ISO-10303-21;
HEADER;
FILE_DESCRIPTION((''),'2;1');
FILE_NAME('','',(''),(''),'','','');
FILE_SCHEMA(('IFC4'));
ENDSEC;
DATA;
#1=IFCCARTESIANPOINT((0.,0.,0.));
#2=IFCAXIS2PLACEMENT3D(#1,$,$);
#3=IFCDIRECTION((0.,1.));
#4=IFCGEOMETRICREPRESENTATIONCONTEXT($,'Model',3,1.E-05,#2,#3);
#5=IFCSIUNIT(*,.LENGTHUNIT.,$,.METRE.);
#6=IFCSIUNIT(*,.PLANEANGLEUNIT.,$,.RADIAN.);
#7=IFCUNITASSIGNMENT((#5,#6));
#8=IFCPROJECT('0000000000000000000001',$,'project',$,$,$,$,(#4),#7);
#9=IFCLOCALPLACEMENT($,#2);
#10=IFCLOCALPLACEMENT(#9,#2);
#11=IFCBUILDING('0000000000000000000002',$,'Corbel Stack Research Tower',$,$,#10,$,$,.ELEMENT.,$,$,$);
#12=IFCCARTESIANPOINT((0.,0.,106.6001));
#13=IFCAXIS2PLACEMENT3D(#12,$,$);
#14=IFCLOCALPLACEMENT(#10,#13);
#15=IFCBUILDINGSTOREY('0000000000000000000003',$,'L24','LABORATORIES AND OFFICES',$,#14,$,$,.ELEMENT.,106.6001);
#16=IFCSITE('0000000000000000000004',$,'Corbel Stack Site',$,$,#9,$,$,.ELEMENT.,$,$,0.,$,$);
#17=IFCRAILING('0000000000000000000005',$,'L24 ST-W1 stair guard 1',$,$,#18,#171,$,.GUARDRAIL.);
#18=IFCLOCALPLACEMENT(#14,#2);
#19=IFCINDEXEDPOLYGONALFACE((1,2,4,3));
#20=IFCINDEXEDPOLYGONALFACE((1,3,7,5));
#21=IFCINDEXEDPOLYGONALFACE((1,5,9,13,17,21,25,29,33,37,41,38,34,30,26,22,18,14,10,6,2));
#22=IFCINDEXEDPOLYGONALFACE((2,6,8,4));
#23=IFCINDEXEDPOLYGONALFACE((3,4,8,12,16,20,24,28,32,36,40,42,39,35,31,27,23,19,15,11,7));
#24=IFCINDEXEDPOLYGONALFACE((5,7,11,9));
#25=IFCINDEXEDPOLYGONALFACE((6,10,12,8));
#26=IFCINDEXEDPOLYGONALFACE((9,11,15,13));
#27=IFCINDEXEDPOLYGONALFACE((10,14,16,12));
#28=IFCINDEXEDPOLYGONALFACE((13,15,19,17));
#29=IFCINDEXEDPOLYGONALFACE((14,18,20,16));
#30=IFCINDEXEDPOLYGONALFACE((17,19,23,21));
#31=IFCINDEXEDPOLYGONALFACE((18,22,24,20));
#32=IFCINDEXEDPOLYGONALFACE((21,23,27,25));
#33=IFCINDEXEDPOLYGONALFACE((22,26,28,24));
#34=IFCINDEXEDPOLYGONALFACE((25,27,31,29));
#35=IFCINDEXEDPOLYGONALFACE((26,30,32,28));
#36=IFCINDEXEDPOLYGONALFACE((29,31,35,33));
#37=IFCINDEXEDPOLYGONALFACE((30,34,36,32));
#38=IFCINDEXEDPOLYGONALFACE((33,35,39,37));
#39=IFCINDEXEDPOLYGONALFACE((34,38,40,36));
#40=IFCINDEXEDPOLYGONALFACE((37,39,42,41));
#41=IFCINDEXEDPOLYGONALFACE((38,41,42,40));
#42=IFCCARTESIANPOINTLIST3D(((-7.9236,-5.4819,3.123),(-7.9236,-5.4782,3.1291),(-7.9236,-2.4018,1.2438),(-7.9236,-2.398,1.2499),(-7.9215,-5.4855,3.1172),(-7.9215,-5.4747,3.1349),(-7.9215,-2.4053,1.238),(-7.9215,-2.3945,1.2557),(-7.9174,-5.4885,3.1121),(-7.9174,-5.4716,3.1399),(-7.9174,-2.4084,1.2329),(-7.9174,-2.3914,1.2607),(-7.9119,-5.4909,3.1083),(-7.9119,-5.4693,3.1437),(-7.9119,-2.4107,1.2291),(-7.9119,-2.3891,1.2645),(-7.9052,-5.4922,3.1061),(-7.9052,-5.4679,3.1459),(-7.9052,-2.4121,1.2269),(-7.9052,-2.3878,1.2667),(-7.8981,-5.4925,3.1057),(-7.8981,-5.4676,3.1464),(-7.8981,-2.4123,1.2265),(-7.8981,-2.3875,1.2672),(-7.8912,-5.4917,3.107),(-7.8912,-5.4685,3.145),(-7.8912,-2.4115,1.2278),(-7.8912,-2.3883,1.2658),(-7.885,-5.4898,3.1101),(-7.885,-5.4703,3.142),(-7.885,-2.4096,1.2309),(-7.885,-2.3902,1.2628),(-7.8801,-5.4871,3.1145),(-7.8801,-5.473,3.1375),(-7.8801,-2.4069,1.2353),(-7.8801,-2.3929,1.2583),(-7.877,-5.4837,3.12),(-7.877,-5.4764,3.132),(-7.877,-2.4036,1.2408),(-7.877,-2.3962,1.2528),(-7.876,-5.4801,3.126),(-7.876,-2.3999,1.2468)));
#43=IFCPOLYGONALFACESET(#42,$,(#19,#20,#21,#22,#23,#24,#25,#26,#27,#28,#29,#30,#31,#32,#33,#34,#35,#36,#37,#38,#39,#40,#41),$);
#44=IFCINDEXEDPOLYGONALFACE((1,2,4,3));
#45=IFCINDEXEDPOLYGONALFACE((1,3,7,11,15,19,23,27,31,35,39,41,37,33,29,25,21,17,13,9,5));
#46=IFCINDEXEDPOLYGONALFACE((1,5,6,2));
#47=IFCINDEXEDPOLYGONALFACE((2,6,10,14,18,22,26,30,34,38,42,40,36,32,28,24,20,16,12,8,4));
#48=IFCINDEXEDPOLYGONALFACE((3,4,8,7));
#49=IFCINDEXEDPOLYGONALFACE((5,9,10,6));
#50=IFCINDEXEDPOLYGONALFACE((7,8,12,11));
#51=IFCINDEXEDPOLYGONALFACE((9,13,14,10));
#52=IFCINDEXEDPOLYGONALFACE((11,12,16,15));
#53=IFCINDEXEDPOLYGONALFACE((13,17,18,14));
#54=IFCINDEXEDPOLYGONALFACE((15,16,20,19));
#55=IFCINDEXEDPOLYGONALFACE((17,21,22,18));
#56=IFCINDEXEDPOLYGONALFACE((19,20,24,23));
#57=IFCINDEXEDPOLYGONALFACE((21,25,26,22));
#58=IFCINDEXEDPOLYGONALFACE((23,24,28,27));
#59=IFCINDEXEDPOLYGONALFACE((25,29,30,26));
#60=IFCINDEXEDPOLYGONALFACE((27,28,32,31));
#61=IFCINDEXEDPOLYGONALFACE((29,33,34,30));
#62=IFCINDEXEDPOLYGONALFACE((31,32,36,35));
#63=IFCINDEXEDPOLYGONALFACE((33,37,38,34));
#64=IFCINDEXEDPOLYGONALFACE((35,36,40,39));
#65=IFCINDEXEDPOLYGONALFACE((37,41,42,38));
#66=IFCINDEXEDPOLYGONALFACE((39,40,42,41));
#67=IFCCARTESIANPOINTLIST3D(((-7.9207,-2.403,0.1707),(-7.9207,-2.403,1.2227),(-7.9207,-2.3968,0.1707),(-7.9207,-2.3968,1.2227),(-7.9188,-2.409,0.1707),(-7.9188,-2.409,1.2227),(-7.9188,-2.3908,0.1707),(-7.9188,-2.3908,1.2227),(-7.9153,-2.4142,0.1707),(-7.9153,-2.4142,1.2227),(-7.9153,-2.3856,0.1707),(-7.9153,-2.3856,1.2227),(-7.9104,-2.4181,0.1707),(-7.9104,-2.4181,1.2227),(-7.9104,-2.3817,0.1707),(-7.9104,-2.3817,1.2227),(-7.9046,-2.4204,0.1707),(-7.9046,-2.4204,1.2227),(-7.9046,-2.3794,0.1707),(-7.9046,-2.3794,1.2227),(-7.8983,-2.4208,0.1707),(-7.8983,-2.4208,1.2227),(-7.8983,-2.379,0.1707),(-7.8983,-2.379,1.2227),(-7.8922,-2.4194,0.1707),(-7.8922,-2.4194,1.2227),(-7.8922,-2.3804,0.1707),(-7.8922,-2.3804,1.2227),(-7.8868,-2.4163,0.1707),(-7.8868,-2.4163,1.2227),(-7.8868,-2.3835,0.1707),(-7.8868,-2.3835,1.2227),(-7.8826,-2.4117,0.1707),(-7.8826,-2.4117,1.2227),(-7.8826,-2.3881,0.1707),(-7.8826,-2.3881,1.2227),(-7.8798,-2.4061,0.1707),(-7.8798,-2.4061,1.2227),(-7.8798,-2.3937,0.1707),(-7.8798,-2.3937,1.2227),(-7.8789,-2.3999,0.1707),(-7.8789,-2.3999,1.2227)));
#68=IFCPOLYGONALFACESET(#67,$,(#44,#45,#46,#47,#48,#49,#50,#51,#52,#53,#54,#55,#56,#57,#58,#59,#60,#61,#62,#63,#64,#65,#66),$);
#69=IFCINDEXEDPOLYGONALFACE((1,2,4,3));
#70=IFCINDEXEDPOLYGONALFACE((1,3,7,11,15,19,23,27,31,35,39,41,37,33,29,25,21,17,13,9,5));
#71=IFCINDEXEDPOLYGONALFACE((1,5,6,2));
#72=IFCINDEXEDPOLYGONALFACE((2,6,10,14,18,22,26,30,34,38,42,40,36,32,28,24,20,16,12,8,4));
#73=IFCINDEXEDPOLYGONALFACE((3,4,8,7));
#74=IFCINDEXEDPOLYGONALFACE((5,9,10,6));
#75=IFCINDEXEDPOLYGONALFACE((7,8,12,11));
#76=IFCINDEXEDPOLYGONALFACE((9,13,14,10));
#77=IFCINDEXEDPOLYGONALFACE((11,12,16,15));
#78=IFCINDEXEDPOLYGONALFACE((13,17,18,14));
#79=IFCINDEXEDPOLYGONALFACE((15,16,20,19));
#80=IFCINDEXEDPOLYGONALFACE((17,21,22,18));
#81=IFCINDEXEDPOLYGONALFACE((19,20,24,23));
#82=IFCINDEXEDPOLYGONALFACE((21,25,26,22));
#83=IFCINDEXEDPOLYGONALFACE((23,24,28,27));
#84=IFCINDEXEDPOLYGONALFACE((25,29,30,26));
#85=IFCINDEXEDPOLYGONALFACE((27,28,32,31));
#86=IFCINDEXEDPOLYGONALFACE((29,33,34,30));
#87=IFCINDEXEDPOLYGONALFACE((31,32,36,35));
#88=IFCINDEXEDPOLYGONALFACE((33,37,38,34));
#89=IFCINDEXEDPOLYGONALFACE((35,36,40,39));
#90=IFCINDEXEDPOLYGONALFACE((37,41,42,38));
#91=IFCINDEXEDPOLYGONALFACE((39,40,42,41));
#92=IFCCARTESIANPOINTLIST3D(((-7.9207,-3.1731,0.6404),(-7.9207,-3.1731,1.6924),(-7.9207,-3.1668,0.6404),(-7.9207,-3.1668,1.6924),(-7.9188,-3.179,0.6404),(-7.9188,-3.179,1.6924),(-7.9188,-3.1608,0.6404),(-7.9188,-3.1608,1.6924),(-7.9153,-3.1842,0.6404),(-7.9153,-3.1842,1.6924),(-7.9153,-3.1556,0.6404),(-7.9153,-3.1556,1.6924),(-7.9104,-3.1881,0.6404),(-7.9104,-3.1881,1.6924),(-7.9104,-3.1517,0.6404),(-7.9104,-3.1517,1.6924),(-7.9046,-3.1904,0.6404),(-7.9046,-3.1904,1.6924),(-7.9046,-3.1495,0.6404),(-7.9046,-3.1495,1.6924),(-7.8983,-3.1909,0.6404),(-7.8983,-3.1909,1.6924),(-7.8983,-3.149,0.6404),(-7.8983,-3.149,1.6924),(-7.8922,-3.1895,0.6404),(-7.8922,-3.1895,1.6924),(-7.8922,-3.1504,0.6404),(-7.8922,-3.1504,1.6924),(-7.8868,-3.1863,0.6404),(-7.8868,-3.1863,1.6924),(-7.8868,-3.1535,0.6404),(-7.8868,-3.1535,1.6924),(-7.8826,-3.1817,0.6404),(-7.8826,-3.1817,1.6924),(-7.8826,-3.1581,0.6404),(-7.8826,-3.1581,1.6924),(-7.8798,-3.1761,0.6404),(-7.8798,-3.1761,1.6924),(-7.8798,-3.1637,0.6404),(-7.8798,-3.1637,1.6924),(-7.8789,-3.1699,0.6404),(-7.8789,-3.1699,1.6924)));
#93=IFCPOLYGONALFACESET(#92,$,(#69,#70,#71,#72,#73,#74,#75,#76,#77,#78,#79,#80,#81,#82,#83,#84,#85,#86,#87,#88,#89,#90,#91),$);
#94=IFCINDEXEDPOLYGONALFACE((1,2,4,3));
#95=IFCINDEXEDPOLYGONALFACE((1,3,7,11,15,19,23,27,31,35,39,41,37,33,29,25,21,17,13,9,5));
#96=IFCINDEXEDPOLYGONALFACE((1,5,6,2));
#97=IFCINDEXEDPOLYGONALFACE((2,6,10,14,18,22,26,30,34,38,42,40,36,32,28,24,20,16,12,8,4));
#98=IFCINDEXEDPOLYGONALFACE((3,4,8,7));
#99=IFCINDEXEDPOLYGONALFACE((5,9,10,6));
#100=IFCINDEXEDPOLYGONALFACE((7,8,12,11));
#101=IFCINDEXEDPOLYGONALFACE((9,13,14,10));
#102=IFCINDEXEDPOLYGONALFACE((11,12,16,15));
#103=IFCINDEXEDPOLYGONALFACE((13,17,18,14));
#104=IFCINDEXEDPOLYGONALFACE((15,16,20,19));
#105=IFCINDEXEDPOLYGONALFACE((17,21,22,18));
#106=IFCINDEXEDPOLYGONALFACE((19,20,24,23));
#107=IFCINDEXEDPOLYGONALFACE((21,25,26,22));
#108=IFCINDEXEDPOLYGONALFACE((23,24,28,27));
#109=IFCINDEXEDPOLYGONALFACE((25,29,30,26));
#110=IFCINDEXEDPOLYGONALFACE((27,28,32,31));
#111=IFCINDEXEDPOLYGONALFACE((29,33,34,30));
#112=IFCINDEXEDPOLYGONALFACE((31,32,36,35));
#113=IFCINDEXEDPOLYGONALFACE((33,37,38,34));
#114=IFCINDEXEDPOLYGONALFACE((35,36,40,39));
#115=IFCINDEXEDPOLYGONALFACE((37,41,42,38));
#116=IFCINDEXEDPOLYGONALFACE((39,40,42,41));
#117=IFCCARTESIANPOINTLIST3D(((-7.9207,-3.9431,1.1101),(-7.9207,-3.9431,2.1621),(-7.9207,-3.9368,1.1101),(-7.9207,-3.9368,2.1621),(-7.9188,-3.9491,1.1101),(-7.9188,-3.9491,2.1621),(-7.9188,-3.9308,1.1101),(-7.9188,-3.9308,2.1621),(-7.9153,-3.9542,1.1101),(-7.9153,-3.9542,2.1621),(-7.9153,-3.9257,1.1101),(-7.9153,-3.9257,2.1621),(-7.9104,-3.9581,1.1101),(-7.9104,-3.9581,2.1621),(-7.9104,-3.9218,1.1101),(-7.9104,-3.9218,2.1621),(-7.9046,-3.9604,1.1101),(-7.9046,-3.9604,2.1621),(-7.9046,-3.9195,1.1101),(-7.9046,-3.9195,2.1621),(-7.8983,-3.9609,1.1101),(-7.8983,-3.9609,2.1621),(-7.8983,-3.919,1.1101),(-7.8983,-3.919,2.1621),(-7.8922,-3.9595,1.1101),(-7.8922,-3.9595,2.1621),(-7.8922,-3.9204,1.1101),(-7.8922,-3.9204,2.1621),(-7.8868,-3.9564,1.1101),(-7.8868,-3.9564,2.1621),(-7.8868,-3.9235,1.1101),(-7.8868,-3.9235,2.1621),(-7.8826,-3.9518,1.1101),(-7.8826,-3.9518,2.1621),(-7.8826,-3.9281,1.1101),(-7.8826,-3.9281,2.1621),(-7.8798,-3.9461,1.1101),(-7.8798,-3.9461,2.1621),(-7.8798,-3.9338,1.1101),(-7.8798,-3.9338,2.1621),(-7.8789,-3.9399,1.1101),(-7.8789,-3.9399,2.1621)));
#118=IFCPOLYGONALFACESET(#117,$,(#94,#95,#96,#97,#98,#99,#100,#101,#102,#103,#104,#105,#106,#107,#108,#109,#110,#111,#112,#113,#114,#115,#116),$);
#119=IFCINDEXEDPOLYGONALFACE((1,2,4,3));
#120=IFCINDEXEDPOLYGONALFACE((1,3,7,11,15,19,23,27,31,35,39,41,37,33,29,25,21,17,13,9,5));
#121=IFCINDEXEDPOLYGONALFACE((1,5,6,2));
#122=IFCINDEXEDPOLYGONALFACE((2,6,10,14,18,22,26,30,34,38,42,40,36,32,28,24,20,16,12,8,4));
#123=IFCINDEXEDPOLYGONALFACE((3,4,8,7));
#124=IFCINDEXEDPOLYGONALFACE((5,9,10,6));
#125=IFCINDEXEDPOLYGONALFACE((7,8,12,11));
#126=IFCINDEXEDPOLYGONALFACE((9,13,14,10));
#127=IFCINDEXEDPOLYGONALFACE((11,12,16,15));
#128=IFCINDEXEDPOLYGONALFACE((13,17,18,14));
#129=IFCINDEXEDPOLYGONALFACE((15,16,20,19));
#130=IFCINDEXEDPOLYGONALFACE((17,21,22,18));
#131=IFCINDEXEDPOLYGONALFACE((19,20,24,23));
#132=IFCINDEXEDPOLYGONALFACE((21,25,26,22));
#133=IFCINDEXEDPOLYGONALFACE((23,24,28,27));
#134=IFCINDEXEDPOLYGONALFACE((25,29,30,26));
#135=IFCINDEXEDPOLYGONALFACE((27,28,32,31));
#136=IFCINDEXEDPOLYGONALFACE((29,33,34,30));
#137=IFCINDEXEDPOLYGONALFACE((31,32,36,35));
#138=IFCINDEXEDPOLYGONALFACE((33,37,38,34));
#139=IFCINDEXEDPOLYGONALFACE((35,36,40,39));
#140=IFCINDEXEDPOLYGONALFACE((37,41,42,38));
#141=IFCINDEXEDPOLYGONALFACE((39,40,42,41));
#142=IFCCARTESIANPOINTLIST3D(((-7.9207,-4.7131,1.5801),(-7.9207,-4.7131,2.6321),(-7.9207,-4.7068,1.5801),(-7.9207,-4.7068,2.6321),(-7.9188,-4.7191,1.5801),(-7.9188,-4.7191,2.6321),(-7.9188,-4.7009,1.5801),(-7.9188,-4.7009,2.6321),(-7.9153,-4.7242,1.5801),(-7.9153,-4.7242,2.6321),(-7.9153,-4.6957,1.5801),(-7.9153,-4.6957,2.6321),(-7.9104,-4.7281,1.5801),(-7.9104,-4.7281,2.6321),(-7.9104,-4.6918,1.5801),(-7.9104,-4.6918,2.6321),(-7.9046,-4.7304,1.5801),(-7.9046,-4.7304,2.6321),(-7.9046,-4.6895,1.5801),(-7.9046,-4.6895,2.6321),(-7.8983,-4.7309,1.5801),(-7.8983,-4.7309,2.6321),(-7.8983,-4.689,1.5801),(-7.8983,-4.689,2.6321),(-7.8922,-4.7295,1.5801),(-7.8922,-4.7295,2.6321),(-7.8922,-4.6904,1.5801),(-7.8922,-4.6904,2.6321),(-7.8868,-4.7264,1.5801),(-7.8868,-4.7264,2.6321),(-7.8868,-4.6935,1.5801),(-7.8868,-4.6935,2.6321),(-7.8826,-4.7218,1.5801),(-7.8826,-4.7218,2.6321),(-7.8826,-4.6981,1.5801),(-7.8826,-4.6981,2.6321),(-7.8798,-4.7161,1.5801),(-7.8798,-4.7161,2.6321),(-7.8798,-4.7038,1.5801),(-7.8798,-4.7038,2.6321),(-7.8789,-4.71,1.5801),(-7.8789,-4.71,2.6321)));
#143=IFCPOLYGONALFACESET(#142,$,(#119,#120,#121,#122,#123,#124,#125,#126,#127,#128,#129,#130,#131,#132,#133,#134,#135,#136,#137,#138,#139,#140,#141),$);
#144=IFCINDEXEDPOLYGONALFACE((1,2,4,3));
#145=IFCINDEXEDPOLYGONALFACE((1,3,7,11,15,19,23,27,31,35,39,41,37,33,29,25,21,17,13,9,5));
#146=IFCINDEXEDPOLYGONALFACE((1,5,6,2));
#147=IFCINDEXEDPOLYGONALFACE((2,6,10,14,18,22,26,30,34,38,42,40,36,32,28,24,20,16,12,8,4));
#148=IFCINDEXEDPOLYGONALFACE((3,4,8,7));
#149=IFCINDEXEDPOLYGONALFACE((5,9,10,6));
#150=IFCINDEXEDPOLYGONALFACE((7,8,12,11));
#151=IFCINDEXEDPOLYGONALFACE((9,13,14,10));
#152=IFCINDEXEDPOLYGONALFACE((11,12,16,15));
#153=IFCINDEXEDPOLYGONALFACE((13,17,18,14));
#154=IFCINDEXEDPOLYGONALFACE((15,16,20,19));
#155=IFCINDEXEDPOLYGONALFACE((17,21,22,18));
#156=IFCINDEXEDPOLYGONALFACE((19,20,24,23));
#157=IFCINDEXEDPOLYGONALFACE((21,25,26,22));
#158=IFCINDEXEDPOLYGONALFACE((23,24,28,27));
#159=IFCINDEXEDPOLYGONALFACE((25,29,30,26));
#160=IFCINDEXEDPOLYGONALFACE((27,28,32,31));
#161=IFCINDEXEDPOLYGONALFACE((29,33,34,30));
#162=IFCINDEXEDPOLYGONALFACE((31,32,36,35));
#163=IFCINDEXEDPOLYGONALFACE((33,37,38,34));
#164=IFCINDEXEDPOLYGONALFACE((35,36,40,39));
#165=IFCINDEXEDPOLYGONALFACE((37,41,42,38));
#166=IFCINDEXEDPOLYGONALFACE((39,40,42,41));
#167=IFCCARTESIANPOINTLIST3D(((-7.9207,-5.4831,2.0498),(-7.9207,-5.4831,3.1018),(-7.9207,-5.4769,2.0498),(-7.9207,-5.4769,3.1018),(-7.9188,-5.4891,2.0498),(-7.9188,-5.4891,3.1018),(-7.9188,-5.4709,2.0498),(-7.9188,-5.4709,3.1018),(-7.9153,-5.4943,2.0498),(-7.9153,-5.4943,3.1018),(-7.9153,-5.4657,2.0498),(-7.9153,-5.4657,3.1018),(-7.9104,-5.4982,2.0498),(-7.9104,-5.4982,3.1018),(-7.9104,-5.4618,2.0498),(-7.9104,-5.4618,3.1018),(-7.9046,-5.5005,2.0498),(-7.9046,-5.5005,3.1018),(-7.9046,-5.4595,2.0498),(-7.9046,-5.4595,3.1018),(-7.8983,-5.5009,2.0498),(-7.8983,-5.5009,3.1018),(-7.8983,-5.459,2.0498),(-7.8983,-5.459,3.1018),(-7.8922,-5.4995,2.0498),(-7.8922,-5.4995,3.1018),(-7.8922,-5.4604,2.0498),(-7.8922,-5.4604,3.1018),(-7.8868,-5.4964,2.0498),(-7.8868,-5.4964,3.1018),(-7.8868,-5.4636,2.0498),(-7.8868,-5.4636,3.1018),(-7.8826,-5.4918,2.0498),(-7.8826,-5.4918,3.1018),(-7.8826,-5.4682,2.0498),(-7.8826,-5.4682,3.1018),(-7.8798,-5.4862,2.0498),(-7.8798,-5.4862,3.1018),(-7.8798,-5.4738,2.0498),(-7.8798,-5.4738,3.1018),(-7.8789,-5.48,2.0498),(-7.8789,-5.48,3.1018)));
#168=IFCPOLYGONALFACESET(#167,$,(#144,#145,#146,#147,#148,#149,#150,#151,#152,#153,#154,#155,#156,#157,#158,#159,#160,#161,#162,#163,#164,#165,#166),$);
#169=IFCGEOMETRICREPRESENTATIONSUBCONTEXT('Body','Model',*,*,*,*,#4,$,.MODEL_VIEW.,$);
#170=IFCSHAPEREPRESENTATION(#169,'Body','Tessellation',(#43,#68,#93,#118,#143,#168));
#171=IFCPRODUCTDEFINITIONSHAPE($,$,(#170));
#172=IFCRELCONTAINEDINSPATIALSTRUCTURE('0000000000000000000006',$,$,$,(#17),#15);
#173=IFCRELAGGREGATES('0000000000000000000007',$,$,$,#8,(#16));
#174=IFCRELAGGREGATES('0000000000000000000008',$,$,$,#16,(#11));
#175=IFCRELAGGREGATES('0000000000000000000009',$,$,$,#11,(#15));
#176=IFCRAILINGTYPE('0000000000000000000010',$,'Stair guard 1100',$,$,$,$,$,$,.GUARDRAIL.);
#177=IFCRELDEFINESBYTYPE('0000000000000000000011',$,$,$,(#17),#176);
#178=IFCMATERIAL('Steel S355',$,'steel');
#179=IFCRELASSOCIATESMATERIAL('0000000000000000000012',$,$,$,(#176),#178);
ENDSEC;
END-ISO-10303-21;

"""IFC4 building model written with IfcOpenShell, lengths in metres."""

from ifc_helpers import new_model, si_unit, direction, frame, origin, origin_2d, place, context, subcontext, project, spatial, circle, extrude, material, type_object, element, save


model = new_model("IFC4")

# Units and contexts
model_context = context("Model", 3, precision=1e-05, world=origin(), true_north=direction((0.0, 1.0)))
body_context = subcontext(model_context, "Body", "Model", "MODEL_VIEW")
ifc_project = project(units=[si_unit("LENGTHUNIT", "METRE"), si_unit("PLANEANGLEUNIT", "RADIAN")], contexts=[model_context])

# Site, building, storey
site_placement = place(None, origin())
site = spatial("IfcSite", under=ifc_project, at=site_placement, Name="Corbel Stack Site", CompositionType="ELEMENT", RefElevation=0.0)
building_placement = place(site_placement, origin())
building = spatial("IfcBuilding", under=site, at=building_placement, Name="Corbel Stack Research Tower", CompositionType="ELEMENT")
storey_placement = place(building_placement, frame((0.0, 0.0, 106.6001)))
storey = spatial("IfcBuildingStorey", under=building, at=storey_placement, Name="L24", Description="LABORATORIES AND OFFICES", CompositionType="ELEMENT", Elevation=106.6001)

# Railing
ifc_material_1 = material(Name="Steel S355", Category="steel")
railing_type_1 = type_object("IfcRailingType", Name="Stair guard 1100", PredefinedType="GUARDRAIL", material=ifc_material_1)
railing_1_placement = place(storey_placement, frame((-7.8999, -2.3999, 0.1707)))
element("IfcRailing", 1, at=railing_1_placement, inside=storey, type_object=railing_type_1, Name="L24 ST-W1 stair guard 1", PredefinedType="GUARDRAIL", context=body_context, shape_type="SweptSolid", body=[
    extrude(circle(Radius=0.0239, at=origin_2d()), frame((0.0, 0.0, 1.0762), z_axis=(0.0, -0.853666, 0.52082), x_axis=(1.0, 0.0, 0.0)), (0.0, 0.0, 1.0), 3.6082),
    extrude(circle(Radius=0.021, at=origin_2d()), origin(), (0.0, 0.0, 1.0), 1.052),
    extrude(circle(Radius=0.021, at=origin_2d()), frame((0.0, -0.77, 0.4697)), (0.0, 0.0, 1.0), 1.052),
    extrude(circle(Radius=0.021, at=origin_2d()), frame((0.0, -1.54, 0.9395)), (0.0, 0.0, 1.0), 1.052),
    extrude(circle(Radius=0.021, at=origin_2d()), frame((0.0, -2.3101, 1.4094)), (0.0, 0.0, 1.0), 1.052),
    extrude(circle(Radius=0.021, at=origin_2d()), frame((0.0, -3.0801, 1.8792)), (0.0, 0.0, 1.0), 1.052),
])

save(model, "model.ifc")
